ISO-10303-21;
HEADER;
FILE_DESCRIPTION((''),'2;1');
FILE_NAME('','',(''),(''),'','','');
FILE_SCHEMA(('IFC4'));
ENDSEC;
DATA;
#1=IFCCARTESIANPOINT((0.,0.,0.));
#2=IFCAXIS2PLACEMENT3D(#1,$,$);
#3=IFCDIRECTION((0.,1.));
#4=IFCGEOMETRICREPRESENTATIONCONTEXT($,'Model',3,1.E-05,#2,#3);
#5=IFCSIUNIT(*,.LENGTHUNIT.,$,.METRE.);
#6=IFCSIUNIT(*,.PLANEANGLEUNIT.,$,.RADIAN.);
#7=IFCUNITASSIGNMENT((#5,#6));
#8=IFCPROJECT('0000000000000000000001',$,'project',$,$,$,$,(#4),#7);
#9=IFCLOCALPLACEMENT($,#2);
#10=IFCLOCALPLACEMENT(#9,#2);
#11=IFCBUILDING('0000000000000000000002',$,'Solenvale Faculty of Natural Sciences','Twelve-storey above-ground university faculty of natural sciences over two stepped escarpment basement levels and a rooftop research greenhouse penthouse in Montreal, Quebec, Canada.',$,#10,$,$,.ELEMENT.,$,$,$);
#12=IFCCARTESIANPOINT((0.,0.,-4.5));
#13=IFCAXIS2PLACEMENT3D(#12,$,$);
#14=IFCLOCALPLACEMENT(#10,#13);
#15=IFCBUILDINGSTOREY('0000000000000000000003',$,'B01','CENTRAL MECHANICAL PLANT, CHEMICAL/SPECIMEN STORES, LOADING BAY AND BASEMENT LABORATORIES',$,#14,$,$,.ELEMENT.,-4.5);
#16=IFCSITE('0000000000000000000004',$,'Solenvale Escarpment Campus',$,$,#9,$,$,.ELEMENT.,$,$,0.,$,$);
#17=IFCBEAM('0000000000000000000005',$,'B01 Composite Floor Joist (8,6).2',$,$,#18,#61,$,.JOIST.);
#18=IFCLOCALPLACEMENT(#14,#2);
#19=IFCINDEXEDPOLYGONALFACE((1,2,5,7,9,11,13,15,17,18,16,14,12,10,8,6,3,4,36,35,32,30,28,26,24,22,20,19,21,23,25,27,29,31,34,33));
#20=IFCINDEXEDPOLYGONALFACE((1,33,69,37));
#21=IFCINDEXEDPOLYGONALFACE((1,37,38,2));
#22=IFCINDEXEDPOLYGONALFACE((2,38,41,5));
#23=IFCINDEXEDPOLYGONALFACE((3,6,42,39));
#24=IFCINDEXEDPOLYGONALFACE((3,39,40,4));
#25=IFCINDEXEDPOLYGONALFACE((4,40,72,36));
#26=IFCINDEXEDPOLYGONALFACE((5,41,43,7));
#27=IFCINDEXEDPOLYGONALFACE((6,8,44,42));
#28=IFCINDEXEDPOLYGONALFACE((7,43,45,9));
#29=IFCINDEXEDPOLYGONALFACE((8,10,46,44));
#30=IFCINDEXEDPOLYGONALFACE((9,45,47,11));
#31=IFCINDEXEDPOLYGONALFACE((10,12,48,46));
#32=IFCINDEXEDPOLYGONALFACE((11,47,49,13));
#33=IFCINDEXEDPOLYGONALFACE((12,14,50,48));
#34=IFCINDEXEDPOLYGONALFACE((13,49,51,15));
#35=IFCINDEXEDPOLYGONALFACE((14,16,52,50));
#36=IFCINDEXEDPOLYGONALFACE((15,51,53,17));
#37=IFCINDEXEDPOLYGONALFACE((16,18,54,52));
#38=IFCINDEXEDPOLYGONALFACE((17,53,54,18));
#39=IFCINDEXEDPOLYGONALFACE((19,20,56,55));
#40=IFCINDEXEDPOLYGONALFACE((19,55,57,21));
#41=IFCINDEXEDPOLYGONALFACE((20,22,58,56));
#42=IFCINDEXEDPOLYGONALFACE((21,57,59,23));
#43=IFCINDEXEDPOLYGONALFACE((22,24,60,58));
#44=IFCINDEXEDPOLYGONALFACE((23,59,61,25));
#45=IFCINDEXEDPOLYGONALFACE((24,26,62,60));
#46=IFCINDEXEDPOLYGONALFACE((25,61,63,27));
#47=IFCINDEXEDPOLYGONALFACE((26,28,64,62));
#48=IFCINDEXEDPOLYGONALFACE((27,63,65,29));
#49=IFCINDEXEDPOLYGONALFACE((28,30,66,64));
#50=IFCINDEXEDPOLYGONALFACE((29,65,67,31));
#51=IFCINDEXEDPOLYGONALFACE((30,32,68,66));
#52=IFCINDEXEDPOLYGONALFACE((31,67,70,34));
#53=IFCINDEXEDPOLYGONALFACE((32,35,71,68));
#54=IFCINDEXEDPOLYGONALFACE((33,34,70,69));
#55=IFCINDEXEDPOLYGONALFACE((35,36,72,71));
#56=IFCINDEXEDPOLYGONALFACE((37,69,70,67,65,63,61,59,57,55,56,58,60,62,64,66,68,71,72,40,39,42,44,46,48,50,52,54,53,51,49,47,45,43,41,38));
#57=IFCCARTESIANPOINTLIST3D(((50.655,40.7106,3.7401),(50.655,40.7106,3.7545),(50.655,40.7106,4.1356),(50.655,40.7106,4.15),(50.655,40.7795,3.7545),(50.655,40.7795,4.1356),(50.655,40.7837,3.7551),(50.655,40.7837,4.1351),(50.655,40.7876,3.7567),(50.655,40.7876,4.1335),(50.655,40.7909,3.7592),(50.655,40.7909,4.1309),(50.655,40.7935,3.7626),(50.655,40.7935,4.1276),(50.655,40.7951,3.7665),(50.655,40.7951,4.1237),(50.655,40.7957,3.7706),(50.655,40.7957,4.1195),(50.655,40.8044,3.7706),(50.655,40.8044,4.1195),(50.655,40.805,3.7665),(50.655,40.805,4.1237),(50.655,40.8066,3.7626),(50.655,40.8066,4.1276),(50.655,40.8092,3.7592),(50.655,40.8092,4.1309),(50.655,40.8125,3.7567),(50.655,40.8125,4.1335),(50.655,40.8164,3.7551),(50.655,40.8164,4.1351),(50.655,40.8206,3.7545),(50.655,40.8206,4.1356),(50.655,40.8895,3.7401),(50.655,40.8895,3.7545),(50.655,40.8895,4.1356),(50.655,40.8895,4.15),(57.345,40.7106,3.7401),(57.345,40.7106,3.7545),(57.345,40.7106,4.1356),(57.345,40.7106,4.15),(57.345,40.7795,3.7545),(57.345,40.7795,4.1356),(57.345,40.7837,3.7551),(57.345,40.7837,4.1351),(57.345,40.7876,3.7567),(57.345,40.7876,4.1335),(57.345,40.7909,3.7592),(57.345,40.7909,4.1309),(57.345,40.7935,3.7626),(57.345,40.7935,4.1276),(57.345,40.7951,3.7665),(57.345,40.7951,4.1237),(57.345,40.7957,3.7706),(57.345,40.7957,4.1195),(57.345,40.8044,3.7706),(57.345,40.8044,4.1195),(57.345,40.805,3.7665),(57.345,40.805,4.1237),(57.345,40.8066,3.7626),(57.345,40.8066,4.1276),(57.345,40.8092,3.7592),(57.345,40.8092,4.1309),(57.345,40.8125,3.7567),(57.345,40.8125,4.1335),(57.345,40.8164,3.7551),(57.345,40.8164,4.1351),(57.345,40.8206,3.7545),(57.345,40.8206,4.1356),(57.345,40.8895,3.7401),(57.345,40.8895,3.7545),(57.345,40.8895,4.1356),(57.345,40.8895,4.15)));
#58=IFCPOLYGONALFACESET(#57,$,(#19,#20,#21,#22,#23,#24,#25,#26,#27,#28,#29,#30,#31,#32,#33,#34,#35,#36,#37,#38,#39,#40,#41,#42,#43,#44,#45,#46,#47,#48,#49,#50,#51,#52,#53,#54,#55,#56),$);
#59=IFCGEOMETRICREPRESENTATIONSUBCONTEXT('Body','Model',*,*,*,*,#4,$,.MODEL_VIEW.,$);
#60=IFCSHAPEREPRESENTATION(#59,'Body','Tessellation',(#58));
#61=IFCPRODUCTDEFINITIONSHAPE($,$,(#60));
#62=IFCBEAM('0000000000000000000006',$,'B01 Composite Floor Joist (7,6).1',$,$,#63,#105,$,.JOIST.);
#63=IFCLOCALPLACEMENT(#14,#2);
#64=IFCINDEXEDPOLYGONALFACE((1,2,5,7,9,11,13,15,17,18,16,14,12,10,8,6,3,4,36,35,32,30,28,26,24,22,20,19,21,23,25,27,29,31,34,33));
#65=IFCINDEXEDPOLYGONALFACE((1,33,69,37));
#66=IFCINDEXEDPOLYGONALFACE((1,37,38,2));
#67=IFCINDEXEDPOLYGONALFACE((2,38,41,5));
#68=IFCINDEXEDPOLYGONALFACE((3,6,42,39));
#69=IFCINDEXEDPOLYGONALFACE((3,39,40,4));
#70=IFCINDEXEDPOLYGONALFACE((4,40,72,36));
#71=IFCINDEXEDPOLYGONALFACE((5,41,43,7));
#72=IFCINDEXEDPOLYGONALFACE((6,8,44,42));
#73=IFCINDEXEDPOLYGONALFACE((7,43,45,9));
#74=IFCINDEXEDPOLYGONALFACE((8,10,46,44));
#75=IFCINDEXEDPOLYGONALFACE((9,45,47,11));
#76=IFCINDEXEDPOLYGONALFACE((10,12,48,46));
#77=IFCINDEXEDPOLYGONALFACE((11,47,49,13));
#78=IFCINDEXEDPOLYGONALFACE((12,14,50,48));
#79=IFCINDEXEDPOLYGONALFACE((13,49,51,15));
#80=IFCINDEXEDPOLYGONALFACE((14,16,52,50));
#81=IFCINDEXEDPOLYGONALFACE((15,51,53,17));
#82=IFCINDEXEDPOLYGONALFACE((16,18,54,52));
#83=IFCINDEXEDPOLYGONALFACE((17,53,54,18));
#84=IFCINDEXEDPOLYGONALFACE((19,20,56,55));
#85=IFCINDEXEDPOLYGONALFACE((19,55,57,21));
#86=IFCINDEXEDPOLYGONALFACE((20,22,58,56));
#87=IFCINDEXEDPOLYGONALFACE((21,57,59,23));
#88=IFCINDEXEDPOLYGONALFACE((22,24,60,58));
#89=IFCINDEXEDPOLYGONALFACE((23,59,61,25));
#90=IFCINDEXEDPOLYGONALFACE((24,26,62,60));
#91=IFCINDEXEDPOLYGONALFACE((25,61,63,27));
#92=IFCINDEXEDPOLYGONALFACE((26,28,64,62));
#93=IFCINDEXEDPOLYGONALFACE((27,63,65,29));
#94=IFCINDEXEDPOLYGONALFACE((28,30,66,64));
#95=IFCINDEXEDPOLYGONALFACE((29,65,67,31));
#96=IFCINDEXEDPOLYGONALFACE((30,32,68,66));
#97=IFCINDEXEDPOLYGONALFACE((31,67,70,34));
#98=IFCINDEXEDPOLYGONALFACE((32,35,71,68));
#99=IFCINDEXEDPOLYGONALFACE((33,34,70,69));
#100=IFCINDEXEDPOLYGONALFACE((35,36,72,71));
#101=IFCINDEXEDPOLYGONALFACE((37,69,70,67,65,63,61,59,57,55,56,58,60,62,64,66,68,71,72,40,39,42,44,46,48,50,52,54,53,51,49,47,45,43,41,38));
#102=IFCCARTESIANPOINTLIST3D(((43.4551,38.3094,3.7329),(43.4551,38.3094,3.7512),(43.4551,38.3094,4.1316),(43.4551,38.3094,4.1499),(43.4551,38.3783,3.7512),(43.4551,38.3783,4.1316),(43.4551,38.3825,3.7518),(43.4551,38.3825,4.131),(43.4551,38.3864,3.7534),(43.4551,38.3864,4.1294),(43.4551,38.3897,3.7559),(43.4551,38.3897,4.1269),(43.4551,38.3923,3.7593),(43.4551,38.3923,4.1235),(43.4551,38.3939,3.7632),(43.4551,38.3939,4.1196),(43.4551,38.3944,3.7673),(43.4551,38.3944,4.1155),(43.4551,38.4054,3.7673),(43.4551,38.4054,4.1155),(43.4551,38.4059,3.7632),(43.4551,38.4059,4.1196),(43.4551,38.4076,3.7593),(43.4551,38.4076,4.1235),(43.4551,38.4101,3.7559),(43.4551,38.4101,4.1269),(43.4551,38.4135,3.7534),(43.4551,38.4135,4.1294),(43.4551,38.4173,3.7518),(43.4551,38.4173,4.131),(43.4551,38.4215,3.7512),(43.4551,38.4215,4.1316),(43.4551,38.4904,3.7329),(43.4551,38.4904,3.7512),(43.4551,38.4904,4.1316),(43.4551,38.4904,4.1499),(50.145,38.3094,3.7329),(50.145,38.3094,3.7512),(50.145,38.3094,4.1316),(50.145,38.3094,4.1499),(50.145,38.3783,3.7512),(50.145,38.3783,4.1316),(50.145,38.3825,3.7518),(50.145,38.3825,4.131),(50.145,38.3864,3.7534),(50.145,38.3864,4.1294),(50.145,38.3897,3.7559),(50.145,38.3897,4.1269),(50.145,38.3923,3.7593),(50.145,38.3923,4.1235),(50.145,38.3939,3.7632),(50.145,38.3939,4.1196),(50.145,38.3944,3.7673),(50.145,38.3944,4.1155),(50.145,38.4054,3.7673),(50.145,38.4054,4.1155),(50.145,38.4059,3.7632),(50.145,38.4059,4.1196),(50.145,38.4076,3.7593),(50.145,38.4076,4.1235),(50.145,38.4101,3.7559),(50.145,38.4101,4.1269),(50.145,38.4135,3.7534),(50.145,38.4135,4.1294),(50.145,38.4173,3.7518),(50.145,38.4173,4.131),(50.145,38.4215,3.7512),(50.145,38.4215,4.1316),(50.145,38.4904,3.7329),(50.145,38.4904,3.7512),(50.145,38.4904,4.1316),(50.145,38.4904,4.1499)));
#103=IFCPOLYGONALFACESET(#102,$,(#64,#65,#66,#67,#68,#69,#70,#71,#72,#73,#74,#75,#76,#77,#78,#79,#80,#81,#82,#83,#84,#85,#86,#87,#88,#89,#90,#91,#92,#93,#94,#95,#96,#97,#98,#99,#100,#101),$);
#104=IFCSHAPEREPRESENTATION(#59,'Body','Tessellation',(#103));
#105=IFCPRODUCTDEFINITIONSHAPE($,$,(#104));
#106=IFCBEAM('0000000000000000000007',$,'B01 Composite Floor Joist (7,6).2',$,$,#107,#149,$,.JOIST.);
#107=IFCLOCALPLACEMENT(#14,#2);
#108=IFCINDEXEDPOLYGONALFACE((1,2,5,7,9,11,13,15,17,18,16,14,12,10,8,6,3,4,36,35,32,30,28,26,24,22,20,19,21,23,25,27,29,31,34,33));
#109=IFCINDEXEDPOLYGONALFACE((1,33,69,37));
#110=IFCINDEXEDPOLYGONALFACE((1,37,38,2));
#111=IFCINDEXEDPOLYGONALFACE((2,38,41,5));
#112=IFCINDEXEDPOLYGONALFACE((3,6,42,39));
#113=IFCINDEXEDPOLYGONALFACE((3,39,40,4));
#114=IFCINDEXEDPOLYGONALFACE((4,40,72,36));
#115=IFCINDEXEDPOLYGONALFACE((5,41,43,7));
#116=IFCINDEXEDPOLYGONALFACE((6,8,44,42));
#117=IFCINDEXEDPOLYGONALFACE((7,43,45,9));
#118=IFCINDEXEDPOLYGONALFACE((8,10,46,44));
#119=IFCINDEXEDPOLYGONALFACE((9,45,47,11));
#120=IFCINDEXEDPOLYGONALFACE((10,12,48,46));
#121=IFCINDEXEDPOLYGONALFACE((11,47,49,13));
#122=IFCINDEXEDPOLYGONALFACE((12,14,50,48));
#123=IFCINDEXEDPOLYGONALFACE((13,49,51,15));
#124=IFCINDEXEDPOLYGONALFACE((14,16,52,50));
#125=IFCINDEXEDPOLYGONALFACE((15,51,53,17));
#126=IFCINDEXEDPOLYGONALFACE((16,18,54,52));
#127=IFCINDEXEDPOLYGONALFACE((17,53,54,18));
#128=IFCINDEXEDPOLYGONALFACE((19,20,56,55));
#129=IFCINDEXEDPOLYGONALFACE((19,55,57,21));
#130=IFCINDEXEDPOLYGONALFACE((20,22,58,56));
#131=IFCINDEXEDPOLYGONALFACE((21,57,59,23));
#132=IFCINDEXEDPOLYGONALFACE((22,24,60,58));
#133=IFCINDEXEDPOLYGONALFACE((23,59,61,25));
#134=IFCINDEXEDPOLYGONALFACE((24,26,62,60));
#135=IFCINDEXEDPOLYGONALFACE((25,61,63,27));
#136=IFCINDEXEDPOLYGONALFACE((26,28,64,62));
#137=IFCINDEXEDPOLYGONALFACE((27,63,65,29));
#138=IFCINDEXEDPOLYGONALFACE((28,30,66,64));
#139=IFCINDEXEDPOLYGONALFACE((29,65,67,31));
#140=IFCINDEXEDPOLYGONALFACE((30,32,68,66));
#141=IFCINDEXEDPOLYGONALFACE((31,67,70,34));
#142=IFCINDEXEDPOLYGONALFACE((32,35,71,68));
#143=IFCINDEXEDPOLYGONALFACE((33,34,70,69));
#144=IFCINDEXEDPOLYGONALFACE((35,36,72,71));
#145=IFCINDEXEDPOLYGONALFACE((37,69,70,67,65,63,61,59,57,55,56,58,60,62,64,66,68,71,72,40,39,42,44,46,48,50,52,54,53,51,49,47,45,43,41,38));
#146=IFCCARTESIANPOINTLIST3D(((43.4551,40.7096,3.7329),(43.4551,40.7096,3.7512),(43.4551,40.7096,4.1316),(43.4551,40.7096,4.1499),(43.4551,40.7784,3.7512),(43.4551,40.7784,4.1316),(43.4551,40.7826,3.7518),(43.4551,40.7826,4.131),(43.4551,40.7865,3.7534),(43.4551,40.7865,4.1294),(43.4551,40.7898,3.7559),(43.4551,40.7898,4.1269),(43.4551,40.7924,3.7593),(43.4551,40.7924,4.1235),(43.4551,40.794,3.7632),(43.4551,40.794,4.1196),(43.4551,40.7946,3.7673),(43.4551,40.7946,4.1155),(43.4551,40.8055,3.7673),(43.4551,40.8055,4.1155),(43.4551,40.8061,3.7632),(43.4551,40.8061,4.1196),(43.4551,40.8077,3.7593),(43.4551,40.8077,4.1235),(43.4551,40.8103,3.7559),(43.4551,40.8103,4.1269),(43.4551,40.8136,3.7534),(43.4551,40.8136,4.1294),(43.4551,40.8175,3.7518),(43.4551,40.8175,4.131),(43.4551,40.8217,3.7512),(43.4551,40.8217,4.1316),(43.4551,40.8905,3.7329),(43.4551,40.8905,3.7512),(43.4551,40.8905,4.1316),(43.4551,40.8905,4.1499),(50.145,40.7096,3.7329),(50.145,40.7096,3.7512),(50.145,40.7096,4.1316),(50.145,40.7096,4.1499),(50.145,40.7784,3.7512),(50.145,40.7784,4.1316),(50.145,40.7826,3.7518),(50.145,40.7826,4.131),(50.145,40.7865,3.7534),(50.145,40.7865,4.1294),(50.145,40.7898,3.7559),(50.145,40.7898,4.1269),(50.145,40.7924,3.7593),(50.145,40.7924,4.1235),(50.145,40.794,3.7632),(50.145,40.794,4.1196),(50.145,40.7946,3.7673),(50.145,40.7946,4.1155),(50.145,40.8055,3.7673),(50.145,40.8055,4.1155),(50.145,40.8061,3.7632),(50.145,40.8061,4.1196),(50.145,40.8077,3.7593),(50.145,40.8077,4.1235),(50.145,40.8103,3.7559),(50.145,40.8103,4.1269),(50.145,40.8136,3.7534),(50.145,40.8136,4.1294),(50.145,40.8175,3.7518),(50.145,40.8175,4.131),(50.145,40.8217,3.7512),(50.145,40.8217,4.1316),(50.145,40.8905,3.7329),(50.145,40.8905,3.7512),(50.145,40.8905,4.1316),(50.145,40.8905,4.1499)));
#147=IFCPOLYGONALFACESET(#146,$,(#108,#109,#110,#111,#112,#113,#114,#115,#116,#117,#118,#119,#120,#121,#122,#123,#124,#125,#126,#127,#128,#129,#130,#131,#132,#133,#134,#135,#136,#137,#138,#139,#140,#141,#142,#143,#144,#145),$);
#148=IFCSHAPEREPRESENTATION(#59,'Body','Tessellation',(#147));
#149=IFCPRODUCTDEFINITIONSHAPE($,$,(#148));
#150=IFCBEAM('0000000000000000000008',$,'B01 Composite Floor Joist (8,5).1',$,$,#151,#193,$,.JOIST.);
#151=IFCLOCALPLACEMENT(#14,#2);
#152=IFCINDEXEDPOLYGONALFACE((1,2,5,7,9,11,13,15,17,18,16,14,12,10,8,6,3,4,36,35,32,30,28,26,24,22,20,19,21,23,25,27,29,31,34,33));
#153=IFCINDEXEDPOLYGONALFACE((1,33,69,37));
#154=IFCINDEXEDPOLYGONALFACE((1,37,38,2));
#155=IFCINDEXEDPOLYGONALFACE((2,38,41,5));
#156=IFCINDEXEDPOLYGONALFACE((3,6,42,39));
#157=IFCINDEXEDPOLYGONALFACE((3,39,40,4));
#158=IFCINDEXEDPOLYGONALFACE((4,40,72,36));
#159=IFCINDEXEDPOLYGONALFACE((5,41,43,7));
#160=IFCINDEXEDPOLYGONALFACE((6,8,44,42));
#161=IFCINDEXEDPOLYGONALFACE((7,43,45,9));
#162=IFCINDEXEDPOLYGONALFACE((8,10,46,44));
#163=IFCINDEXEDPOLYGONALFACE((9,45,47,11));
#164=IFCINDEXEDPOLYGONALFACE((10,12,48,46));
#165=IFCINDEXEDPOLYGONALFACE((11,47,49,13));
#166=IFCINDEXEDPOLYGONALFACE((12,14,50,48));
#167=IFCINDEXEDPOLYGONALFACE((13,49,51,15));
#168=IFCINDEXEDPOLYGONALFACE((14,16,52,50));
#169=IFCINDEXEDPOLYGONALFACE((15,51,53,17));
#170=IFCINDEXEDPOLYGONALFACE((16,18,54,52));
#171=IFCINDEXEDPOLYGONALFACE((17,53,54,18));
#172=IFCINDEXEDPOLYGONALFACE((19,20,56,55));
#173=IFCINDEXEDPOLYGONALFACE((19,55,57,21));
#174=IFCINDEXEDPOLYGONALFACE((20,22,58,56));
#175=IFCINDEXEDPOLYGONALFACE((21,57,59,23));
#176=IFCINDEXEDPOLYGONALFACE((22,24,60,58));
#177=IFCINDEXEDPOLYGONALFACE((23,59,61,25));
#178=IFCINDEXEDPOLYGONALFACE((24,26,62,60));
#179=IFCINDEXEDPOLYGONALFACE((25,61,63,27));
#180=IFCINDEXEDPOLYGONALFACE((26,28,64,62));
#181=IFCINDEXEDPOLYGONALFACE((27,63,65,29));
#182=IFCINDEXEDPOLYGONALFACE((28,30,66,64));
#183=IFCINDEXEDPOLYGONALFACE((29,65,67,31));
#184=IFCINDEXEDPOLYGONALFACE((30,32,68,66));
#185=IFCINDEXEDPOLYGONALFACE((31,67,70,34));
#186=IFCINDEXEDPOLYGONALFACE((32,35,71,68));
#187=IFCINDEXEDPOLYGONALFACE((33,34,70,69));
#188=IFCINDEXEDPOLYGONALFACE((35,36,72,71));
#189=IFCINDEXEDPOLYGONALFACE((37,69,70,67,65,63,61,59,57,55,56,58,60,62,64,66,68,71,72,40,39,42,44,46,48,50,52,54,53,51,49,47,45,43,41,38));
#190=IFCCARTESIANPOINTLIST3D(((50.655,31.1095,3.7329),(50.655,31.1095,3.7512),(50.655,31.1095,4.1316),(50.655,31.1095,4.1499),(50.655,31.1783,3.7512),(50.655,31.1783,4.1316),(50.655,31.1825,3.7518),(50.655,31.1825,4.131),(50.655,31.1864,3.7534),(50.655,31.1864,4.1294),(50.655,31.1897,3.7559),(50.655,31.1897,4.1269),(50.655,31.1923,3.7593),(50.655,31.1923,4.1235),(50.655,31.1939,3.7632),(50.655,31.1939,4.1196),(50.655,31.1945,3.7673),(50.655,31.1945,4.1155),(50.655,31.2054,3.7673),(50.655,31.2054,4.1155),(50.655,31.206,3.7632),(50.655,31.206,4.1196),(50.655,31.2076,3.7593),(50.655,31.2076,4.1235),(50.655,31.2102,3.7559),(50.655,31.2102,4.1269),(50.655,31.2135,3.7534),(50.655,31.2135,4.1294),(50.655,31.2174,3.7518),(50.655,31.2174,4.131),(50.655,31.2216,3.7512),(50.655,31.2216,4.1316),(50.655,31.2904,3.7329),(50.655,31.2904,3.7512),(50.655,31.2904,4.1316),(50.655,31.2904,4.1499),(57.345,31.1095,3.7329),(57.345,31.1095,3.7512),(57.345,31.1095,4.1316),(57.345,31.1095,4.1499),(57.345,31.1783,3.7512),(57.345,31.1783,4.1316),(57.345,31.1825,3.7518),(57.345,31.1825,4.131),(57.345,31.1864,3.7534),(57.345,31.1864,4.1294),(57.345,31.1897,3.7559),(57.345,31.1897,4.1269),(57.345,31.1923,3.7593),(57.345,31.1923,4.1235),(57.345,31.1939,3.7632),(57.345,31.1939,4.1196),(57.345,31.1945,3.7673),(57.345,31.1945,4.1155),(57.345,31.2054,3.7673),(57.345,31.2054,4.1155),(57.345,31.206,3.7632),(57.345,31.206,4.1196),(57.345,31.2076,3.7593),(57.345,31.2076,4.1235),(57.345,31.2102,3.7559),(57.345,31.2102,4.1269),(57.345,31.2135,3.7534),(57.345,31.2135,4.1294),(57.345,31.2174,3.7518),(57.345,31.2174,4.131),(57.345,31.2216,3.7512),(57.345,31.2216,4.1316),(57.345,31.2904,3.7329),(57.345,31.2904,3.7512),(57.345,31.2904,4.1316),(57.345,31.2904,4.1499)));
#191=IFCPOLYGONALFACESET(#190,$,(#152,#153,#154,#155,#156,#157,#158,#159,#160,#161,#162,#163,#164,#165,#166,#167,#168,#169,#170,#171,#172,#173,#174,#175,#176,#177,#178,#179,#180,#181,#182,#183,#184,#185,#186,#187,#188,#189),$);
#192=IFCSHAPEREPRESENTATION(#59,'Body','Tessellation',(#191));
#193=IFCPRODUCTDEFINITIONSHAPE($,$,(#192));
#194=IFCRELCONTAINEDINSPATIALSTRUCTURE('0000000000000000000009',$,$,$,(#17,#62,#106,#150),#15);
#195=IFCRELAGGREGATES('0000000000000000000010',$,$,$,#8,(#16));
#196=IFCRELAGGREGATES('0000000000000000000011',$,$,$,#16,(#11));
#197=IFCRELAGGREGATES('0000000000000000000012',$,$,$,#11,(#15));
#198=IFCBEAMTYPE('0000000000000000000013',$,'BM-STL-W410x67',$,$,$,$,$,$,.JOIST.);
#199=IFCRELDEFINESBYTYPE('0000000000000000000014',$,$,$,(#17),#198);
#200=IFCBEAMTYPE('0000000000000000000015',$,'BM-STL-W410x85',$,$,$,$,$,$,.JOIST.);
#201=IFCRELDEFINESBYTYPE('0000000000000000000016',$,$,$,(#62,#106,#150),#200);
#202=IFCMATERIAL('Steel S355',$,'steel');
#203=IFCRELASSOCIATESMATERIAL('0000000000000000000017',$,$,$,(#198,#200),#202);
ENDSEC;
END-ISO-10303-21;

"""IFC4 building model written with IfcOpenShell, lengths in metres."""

from ifc_helpers import new_model, si_unit, direction, frame, origin, origin_2d, place, context, subcontext, project, spatial, i_section, extrude, material, material_profile, profile_set, type_object, element, save


model = new_model("IFC4")

# Units and contexts
model_context = context("Model", 3, precision=1e-05, world=origin(), true_north=direction((0.0, 1.0)))
body_context = subcontext(model_context, "Body", "Model", "MODEL_VIEW")
ifc_project = project(units=[si_unit("LENGTHUNIT", "METRE"), si_unit("PLANEANGLEUNIT", "RADIAN")], contexts=[model_context])

# Site, building, storey
site_placement = place(None, origin())
site = spatial("IfcSite", under=ifc_project, at=site_placement, Name="Solenvale Escarpment Campus", CompositionType="ELEMENT", RefElevation=0.0)
building_placement = place(site_placement, origin())
building = spatial("IfcBuilding", under=site, at=building_placement, Name="Solenvale Faculty of Natural Sciences", Description="Twelve-storey above-ground university faculty of natural sciences over two stepped escarpment basement levels and a rooftop research greenhouse penthouse in Montreal, Quebec, Canada.", CompositionType="ELEMENT")
storey_placement = place(building_placement, frame((0.0, 0.0, -4.5)))
storey = spatial("IfcBuildingStorey", under=building, at=storey_placement, Name="B01", Description="CENTRAL MECHANICAL PLANT, CHEMICAL/SPECIMEN STORES, LOADING BAY AND BASEMENT LABORATORIES", CompositionType="ELEMENT", Elevation=-4.5)

# Beams
ifc_material_1 = material(Name="Steel S355", Category="steel")
ifc_material_profile_1 = material_profile(ifc_material_1, i_section(OverallWidth=0.179, OverallDepth=0.4099, WebThickness=0.0088, FlangeThickness=0.0144, FilletRadius=0.0161, at=origin_2d()), Name="W410x67")
ifc_profile_set_1 = profile_set([ifc_material_profile_1], Name="Steel S355")
beam_type_1 = type_object("IfcBeamType", Name="BM-STL-W410x67", PredefinedType="JOIST", material=ifc_profile_set_1)
for number, where, z_axis, x_axis, name in (
    (1, (50.655, 40.8, 3.9451), (1.0, 0.0, 0.0), (0.0, 1.0, 0.0), "B01 Composite Floor Joist (8,6).2"),
):
    element("IfcBeam", number, at=place(storey_placement, frame(where, z_axis=z_axis, x_axis=x_axis)), inside=storey, type_object=beam_type_1, Name=name, PredefinedType="JOIST", context=body_context, shape_type="SweptSolid", body=[
        extrude(i_section(OverallWidth=0.179, OverallDepth=0.4099, WebThickness=0.0088, FlangeThickness=0.0144, FilletRadius=0.0161, at=origin_2d()), origin(), (0.0, 0.0, 1.0), 6.6899),
    ])
ifc_material_profile_2 = material_profile(ifc_material_1, i_section(OverallWidth=0.1809, OverallDepth=0.417, WebThickness=0.011, FlangeThickness=0.0183, FilletRadius=0.0161, at=origin_2d()), Name="W410x85")
ifc_profile_set_2 = profile_set([ifc_material_profile_2], Name="Steel S355")
beam_type_2 = type_object("IfcBeamType", Name="BM-STL-W410x85", PredefinedType="JOIST", material=ifc_profile_set_2)
for number, where, z_axis, x_axis, name in (
    (2, (43.4551, 38.3999, 3.9414), (1.0, 0.0, 0.0), (0.0, 1.0, 0.0), "B01 Composite Floor Joist (7,6).1"),
    (3, (43.4551, 40.8, 3.9414), (1.0, 0.0, 0.0), (0.0, 1.0, 0.0), "B01 Composite Floor Joist (7,6).2"),
    (4, (50.655, 31.2, 3.9414), (1.0, 0.0, 0.0), (0.0, 1.0, 0.0), "B01 Composite Floor Joist (8,5).1"),
):
    element("IfcBeam", number, at=place(storey_placement, frame(where, z_axis=z_axis, x_axis=x_axis)), inside=storey, type_object=beam_type_2, Name=name, PredefinedType="JOIST", context=body_context, shape_type="SweptSolid", body=[
        extrude(i_section(OverallWidth=0.1809, OverallDepth=0.417, WebThickness=0.011, FlangeThickness=0.0183, FilletRadius=0.0161, at=origin_2d()), origin(), (0.0, 0.0, 1.0), 6.6899),
    ])

save(model, "model.ifc")
